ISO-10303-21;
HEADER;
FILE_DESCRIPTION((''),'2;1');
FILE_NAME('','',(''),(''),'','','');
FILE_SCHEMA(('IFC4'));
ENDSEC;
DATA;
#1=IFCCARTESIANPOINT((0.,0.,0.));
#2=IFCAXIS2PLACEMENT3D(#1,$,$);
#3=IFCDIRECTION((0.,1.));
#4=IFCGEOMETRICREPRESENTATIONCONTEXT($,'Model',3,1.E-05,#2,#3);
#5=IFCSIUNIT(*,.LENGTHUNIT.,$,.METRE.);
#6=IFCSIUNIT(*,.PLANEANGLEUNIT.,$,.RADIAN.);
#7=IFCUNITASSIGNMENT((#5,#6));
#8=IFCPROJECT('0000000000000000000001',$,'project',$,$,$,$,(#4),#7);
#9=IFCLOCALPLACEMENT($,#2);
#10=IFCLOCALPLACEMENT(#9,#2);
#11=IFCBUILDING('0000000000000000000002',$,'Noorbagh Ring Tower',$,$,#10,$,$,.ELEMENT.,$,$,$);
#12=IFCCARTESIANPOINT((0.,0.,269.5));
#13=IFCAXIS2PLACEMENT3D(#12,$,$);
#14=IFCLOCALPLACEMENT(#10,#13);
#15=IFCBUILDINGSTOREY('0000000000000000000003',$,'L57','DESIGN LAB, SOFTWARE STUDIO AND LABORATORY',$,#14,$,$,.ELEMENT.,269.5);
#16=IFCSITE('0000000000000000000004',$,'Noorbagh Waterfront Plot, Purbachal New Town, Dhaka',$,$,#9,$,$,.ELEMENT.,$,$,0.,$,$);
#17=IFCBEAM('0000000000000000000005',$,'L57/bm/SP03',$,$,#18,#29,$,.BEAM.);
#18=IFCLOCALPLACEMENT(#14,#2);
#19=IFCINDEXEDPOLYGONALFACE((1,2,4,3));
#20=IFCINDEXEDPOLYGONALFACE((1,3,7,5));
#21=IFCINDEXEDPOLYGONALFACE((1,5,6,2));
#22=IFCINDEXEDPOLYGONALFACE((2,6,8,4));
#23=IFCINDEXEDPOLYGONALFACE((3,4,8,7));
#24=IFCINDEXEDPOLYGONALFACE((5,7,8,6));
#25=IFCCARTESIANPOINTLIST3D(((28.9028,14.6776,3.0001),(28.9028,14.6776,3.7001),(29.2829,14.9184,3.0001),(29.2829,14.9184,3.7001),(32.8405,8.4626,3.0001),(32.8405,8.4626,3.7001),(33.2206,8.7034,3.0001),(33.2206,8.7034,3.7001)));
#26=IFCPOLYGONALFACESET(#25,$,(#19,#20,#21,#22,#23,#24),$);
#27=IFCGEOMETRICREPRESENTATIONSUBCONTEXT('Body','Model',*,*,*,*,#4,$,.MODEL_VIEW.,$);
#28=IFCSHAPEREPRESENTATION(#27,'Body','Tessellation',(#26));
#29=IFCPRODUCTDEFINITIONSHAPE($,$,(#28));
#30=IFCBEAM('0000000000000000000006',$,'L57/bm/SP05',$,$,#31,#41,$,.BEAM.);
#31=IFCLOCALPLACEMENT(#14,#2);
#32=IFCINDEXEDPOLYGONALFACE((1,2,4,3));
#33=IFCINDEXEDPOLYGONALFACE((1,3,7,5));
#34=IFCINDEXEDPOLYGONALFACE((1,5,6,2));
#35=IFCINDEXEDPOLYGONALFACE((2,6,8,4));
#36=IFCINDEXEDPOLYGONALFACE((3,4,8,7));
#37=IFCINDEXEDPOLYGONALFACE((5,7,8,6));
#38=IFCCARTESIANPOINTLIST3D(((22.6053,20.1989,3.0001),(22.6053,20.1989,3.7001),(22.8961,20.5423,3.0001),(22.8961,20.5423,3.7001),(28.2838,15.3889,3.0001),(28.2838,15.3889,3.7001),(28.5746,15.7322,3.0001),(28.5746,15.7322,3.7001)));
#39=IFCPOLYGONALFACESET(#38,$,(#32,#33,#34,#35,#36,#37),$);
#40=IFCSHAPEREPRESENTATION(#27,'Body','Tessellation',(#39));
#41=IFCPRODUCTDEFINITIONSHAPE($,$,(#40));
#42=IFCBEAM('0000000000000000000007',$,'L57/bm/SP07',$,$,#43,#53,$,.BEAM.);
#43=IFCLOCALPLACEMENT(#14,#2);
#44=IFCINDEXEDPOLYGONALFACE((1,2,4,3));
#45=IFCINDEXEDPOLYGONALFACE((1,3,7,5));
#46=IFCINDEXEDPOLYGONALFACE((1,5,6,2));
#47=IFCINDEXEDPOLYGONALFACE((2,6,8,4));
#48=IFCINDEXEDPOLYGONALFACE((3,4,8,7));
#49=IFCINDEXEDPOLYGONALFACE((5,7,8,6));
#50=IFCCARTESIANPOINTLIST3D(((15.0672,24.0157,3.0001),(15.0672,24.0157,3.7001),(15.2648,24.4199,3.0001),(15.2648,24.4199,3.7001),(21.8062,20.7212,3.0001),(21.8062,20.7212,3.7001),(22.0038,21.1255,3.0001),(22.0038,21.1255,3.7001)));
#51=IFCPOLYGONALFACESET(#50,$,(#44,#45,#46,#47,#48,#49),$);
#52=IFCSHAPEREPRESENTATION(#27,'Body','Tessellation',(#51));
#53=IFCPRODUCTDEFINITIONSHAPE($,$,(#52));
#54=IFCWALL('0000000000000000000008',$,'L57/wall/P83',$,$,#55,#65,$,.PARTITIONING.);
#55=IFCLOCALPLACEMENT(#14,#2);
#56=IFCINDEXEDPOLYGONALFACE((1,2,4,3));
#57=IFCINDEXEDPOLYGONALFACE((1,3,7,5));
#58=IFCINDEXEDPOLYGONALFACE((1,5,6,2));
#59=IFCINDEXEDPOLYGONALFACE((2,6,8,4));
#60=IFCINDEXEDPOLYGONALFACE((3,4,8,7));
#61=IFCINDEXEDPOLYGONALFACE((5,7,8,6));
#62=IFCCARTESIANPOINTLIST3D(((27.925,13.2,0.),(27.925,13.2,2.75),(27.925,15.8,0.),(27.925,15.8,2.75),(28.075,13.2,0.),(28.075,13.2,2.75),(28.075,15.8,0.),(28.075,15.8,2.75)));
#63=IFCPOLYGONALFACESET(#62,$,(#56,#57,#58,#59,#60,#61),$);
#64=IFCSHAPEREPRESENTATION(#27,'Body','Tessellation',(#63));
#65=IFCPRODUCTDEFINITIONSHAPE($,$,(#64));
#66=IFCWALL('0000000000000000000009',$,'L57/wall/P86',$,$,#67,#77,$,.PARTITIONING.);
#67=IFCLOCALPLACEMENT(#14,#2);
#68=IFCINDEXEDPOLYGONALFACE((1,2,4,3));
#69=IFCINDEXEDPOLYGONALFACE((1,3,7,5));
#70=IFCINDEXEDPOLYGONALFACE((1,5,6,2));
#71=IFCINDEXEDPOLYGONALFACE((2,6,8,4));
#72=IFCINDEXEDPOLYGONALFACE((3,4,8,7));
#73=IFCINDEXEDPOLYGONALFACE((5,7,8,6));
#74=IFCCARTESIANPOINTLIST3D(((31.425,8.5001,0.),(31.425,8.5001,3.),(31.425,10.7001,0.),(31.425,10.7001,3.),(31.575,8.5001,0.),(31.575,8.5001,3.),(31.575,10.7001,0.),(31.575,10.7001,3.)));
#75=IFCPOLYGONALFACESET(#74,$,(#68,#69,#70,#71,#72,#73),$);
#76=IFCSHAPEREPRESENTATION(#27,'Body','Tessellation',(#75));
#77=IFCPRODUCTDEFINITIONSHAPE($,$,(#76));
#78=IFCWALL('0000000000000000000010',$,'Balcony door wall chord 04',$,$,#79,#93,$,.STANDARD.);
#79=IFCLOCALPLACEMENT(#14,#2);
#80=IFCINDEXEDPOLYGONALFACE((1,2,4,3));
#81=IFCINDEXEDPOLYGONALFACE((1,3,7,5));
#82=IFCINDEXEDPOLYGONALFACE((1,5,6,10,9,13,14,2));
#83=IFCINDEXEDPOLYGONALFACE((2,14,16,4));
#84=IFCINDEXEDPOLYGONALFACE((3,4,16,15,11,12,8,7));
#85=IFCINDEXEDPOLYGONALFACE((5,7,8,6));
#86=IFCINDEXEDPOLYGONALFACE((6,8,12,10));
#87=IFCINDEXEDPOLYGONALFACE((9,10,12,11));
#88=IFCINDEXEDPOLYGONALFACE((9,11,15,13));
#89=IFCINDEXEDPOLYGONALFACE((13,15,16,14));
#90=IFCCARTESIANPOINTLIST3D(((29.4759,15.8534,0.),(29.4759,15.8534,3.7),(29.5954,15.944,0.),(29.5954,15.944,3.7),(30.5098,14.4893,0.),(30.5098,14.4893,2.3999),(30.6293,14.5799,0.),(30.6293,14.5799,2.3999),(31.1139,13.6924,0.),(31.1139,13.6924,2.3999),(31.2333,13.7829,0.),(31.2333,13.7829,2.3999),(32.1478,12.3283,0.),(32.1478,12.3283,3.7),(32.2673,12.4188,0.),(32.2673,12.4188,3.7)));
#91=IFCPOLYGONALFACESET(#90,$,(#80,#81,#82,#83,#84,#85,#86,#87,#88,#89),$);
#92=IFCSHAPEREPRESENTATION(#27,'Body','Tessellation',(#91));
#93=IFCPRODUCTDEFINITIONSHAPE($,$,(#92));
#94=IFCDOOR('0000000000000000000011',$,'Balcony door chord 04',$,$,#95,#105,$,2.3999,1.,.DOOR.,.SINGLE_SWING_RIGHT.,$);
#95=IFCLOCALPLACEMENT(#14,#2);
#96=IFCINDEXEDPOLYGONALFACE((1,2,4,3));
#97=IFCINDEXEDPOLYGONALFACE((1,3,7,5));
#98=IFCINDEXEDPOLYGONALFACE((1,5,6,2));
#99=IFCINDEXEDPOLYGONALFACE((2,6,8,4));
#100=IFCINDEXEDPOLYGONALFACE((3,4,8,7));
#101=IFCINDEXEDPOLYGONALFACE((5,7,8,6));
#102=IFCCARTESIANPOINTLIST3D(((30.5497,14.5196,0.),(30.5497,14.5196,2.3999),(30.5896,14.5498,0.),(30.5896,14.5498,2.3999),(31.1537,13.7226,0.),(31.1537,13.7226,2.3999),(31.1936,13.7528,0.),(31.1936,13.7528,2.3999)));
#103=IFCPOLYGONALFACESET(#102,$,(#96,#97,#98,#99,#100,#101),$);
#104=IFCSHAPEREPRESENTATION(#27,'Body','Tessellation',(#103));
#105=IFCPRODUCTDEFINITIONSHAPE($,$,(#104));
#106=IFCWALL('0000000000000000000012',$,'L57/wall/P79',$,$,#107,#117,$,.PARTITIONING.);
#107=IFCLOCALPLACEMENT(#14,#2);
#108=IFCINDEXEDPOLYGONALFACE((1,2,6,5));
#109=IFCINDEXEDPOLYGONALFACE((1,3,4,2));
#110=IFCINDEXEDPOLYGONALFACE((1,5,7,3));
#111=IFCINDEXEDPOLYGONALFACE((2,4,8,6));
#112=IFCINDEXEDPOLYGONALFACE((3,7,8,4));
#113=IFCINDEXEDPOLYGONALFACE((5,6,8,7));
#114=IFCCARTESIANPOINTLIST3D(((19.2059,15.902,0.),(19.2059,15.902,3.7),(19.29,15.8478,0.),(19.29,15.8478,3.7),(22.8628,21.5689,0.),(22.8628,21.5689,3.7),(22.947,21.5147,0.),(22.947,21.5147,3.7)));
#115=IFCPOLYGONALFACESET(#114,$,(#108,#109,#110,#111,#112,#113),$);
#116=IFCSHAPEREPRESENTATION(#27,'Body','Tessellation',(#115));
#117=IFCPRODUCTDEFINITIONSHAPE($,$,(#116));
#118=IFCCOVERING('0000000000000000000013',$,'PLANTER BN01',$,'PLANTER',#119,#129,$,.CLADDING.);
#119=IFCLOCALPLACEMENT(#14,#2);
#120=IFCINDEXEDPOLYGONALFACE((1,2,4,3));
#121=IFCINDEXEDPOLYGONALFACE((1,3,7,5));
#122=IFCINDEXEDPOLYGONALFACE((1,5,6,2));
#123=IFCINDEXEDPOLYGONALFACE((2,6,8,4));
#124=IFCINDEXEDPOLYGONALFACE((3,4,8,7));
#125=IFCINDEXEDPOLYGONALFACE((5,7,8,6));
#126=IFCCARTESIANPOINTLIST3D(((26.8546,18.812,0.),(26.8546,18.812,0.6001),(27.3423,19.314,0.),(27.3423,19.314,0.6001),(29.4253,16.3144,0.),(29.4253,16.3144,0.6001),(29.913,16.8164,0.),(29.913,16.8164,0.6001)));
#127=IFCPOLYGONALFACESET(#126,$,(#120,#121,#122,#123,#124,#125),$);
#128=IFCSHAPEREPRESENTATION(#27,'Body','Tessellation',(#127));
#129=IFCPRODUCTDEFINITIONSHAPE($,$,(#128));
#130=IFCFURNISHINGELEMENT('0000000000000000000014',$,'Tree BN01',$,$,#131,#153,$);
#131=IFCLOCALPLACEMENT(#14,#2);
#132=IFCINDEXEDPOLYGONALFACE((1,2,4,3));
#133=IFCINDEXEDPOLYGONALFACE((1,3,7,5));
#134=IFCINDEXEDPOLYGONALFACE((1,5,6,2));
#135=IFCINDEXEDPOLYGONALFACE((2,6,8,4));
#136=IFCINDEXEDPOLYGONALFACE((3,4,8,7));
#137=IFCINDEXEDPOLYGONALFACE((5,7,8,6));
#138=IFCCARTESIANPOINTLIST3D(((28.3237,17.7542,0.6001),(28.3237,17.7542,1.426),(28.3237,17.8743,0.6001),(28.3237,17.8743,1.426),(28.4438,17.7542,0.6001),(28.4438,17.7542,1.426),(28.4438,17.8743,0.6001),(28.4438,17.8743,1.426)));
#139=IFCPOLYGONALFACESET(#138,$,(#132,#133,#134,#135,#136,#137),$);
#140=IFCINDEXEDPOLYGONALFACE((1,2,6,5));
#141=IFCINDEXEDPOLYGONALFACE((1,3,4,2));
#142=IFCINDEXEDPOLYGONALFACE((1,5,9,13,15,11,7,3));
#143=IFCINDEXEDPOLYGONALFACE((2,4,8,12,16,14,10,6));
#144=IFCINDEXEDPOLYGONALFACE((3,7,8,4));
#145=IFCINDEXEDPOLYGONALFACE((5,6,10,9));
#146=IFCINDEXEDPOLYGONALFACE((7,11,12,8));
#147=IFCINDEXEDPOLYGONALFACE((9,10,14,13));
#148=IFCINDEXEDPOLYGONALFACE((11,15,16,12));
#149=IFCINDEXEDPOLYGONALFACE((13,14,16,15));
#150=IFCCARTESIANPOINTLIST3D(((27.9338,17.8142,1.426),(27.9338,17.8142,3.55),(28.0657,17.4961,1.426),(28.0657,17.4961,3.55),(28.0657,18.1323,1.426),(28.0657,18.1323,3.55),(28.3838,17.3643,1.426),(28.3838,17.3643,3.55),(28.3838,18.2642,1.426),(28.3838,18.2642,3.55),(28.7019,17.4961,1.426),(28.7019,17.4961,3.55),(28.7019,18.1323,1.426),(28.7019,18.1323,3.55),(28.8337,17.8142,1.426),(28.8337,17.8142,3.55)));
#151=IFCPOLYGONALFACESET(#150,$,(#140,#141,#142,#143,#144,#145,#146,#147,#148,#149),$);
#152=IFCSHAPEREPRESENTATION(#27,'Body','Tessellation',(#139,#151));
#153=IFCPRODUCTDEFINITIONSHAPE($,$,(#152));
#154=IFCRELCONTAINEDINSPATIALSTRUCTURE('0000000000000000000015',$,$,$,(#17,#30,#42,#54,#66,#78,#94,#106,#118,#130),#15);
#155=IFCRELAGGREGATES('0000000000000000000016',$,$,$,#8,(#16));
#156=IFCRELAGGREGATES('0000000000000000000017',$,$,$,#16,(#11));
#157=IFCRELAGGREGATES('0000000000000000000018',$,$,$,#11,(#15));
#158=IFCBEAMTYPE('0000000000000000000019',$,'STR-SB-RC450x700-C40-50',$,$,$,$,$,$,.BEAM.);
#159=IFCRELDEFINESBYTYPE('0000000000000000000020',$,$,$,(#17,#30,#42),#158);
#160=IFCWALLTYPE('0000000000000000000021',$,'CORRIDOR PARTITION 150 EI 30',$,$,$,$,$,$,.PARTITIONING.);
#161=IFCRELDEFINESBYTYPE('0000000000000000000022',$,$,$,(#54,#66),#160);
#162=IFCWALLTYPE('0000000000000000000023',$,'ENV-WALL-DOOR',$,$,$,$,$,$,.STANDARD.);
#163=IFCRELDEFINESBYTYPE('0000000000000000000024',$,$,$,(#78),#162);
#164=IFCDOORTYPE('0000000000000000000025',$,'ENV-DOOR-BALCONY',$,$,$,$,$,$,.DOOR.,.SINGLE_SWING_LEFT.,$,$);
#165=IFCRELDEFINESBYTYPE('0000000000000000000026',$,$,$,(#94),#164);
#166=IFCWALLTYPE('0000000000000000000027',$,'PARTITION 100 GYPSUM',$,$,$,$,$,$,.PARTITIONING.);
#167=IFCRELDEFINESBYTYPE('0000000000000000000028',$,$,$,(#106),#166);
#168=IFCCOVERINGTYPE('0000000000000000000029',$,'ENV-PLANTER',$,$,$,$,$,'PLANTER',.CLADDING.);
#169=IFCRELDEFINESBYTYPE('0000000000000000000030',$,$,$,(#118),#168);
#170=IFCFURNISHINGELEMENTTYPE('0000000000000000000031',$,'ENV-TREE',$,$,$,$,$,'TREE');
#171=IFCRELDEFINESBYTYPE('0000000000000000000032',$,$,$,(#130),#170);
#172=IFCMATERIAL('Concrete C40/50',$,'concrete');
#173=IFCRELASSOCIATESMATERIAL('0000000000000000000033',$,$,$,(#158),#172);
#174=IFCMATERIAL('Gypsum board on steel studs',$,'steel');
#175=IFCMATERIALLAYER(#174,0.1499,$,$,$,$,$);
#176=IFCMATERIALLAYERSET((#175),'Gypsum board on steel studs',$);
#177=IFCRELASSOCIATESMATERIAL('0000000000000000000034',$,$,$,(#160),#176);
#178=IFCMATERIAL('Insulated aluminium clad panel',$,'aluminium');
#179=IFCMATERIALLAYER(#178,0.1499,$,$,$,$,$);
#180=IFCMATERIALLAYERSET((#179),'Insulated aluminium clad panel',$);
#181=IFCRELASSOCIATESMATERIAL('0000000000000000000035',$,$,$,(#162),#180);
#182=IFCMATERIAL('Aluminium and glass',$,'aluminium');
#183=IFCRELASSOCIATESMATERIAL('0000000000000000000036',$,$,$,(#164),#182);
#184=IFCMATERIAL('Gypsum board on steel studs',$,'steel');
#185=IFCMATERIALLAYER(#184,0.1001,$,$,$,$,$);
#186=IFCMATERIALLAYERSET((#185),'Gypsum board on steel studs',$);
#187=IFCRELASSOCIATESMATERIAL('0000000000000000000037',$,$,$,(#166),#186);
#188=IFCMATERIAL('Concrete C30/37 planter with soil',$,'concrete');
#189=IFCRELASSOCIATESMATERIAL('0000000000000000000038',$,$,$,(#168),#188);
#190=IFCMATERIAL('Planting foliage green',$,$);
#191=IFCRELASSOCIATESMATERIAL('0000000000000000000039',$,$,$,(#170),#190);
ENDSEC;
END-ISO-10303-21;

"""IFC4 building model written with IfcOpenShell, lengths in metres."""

from ifc_helpers import new_model, si_unit, direction, frame, frame_2d, origin, origin_2d, place, context, subcontext, project, spatial, polyline, rectangle, outline, extrude, material, layer, layer_set, material_profile, profile_set, type_object, element, fill, save


model = new_model("IFC4")

# Units and contexts
model_context = context("Model", 3, precision=1e-05, world=origin(), true_north=direction((0.0, 1.0)))
body_context = subcontext(model_context, "Body", "Model", "MODEL_VIEW")
ifc_project = project(units=[si_unit("LENGTHUNIT", "METRE"), si_unit("PLANEANGLEUNIT", "RADIAN")], contexts=[model_context])

# Site, building, storey
site_placement = place(None, origin())
site = spatial("IfcSite", under=ifc_project, at=site_placement, Name="Noorbagh Waterfront Plot, Purbachal New Town, Dhaka", CompositionType="ELEMENT", RefElevation=0.0)
building_placement = place(site_placement, origin())
building = spatial("IfcBuilding", under=site, at=building_placement, Name="Noorbagh Ring Tower", CompositionType="ELEMENT")
storey_placement = place(building_placement, frame((0.0, 0.0, 269.5)))
storey = spatial("IfcBuildingStorey", under=building, at=storey_placement, Name="L57", Description="DESIGN LAB, SOFTWARE STUDIO AND LABORATORY", CompositionType="ELEMENT", Elevation=269.5)

# Beams
ifc_material_1 = material(Name="Concrete C40/50", Category="concrete")
ifc_material_profile_1 = material_profile(ifc_material_1, rectangle(XDim=0.45, YDim=0.7, at=origin_2d()), Name="RC450x700")
ifc_profile_set_1 = profile_set([ifc_material_profile_1], Name="Concrete C40/50")
beam_type_1 = type_object("IfcBeamType", Name="STR-SB-RC450x700-C40-50", PredefinedType="BEAM", material=ifc_profile_set_1)
beam_1_placement = place(storey_placement, frame((33.0305, 8.583, 3.3501), z_axis=(-0.5352, 0.844726, 0.0), x_axis=(-0.844726, -0.5352, 0.0)))
element("IfcBeam", 1, at=beam_1_placement, inside=storey, type_object=beam_type_1, Name="L57/bm/SP03", PredefinedType="BEAM", context=body_context, shape_type="SweptSolid", body=[
    extrude(rectangle(XDim=0.45, YDim=0.7, at=origin_2d()), origin(), (0.0, 0.0, 1.0), 7.3574),
])
beam_2_placement = place(storey_placement, frame((28.4292, 15.5605, 3.3501), z_axis=(-0.763041, 0.64635, 0.0), x_axis=(-0.64635, -0.763041, 0.0)))
element("IfcBeam", 2, at=beam_2_placement, inside=storey, type_object=beam_type_1, Name="L57/bm/SP05", PredefinedType="BEAM", context=body_context, shape_type="SweptSolid", body=[
    extrude(rectangle(XDim=0.45, YDim=0.7, at=origin_2d()), origin(), (0.0, 0.0, 1.0), 7.4419),
])
beam_3_placement = place(storey_placement, frame((21.905, 20.9233, 3.3501), z_axis=(-0.898395, 0.439189, 0.0), x_axis=(-0.439189, -0.898395, 0.0)))
element("IfcBeam", 3, at=beam_3_placement, inside=storey, type_object=beam_type_1, Name="L57/bm/SP07", PredefinedType="BEAM", context=body_context, shape_type="SweptSolid", body=[
    extrude(rectangle(XDim=0.45, YDim=0.7, at=origin_2d()), origin(), (0.0, 0.0, 1.0), 7.5012),
])

# Walls
ifc_material_2 = material(Name="Gypsum board on steel studs", Category="steel")
ifc_layer_1 = layer(ifc_material_2, 0.1499)
ifc_layer_set_1 = layer_set([ifc_layer_1], Name="Gypsum board on steel studs")
wall_type_1 = type_object("IfcWallType", Name="CORRIDOR PARTITION 150 EI 30", PredefinedType="PARTITIONING", material=ifc_layer_set_1)
wall_1_placement = place(storey_placement, frame((28.0, 13.2, 0.0), z_axis=(0.0, 0.0, 1.0), x_axis=(0.0, 1.0, 0.0)))
element("IfcWall", 4, at=wall_1_placement, inside=storey, type_object=wall_type_1, Name="L57/wall/P83", PredefinedType="PARTITIONING", context=body_context, shape_type="SweptSolid", body=[
    extrude(rectangle(XDim=2.6001, YDim=0.1499, at=frame_2d((1.3, 0.0))), origin(), (0.0, 0.0, 1.0), 2.75),
])
wall_2_placement = place(storey_placement, frame((31.5, 8.5, 0.0), z_axis=(0.0, 0.0, 1.0), x_axis=(0.0, 1.0, 0.0)))
element("IfcWall", 5, at=wall_2_placement, inside=storey, type_object=wall_type_1, Name="L57/wall/P86", PredefinedType="PARTITIONING", context=body_context, shape_type="SweptSolid", body=[
    extrude(rectangle(XDim=2.2, YDim=0.1499, at=frame_2d((1.1001, 0.0))), origin(), (0.0, 0.0, 1.0), 3.0),
])

# Wall, opening, door
ifc_material_3 = material(Name="Insulated aluminium clad panel", Category="aluminium")
ifc_layer_2 = layer(ifc_material_3, 0.1499)
ifc_layer_set_2 = layer_set([ifc_layer_2], Name="Insulated aluminium clad panel")
wall_type_2 = type_object("IfcWallType", Name="ENV-WALL-DOOR", PredefinedType="STANDARD", material=ifc_layer_set_2)
wall_3_placement = place(storey_placement, frame((32.2075, 12.3735, 0.0), z_axis=(0.0, 0.0, 1.0), x_axis=(-0.604046, 0.79695, 0.0)))
wall_3 = element("IfcWall", 6, at=wall_3_placement, inside=storey, type_object=wall_type_2, Name="Balcony door wall chord 04", PredefinedType="STANDARD", context=body_context, shape_type="SweptSolid", body=[
    extrude(rectangle(XDim=4.4233, YDim=0.1499, at=frame_2d((2.2117, 0.0))), origin(), (0.0, 0.0, 1.0), 3.7),
])
opening_placement = place(wall_3_placement, frame((1.7117, 0.0, 0.0)))
opening = element("IfcOpeningElement", 7, at=opening_placement, cuts=wall_3, PredefinedType="OPENING", context=body_context, shape_type="SweptSolid", body=[
    extrude(rectangle(XDim=1.0, YDim=2.3999, at=frame_2d((0.5, 1.2))), frame((0.0, 0.085, 0.0), z_axis=(0.0, -1.0, 0.0), x_axis=(1.0, 0.0, 0.0)), (0.0, 0.0, 1.0), 0.1699),
])
ifc_material_4 = material(Name="Aluminium and glass", Category="aluminium")
door_type = type_object("IfcDoorType", Name="ENV-DOOR-BALCONY", OperationType="SINGLE_SWING_LEFT", PredefinedType="DOOR", material=ifc_material_4)
door_placement = place(opening_placement, origin())
door = element("IfcDoor", 8, at=door_placement, inside=storey, type_object=door_type, Name="Balcony door chord 04", OperationType="SINGLE_SWING_RIGHT", OverallHeight=2.3999, OverallWidth=1.0, PredefinedType="DOOR", context=body_context, shape_type="SweptSolid", body=[
    extrude(rectangle(XDim=1.0, YDim=2.3999, at=frame_2d((0.5, 1.2))), frame((0.0, 0.0249, 0.0), z_axis=(0.0, -1.0, 0.0), x_axis=(1.0, 0.0, 0.0)), (0.0, 0.0, 1.0), 0.05),
])
fill(opening, door)

# Wall
ifc_material_5 = material(Name="Gypsum board on steel studs", Category="steel")
ifc_layer_3 = layer(ifc_material_5, 0.1001)
ifc_layer_set_3 = layer_set([ifc_layer_3], Name="Gypsum board on steel studs")
wall_type_3 = type_object("IfcWallType", Name="PARTITION 100 GYPSUM", PredefinedType="PARTITIONING", material=ifc_layer_set_3)
wall_4_placement = place(storey_placement, frame((19.248, 15.875, 0.0), z_axis=(0.0, 0.0, 1.0), x_axis=(0.542217, 0.840239, 0.0)))
element("IfcWall", 9, at=wall_4_placement, inside=storey, type_object=wall_type_3, Name="L57/wall/P79", PredefinedType="PARTITIONING", context=body_context, shape_type="SweptSolid", body=[
    extrude(rectangle(XDim=6.7444, YDim=0.1001, at=frame_2d((3.3721, 0.0))), origin(), (0.0, 0.0, 1.0), 3.7),
])

# Covering
ifc_material_6 = material(Name="Concrete C30/37 planter with soil", Category="concrete")
covering_type = type_object("IfcCoveringType", Name="ENV-PLANTER", ElementType="PLANTER", PredefinedType="CLADDING", material=ifc_material_6)
covering_placement = place(storey_placement, frame((28.3838, 17.8142, 0.0), z_axis=(0.0, 0.0, 1.0), x_axis=(-0.717225, 0.696842, 0.0)))
element("IfcCovering", 10, at=covering_placement, inside=storey, type_object=covering_type, Name="PLANTER BN01", ObjectType="PLANTER", PredefinedType="CLADDING", context=body_context, shape_type="SweptSolid", body=[
    extrude(rectangle(XDim=3.5842, YDim=0.7, at=origin_2d()), origin(), (0.0, 0.0, 1.0), 0.6001),
])

# Furnishing element
ifc_material_7 = material(Name="Planting foliage green")
furnishing_element_type = type_object("IfcFurnishingElementType", Name="ENV-TREE", ElementType="TREE", material=ifc_material_7)
furnishing_placement = place(storey_placement, frame((28.3838, 17.8142, 0.6001), z_axis=(0.0, 0.0, 1.0), x_axis=(1.0, 0.0, 0.0)))
element("IfcFurnishingElement", 11, at=furnishing_placement, inside=storey, type_object=furnishing_element_type, Name="Tree BN01", context=body_context, shape_type="SweptSolid", body=[
    extrude(rectangle(XDim=0.1201, YDim=0.1201, at=origin_2d()), origin(), (0.0, 0.0, 1.0), 0.8259),
    extrude(outline(polyline([(0.45, 0.0), (0.3181, 0.3181), (0.0, 0.45), (-0.3181, 0.3181), (-0.45, 0.0), (-0.3181, -0.3181), (0.0, -0.45), (0.3181, -0.3181), (0.45, 0.0)])), frame((0.0, 0.0, 0.8259)), (0.0, 0.0, 1.0), 2.124),
])

save(model, "model.ifc")
